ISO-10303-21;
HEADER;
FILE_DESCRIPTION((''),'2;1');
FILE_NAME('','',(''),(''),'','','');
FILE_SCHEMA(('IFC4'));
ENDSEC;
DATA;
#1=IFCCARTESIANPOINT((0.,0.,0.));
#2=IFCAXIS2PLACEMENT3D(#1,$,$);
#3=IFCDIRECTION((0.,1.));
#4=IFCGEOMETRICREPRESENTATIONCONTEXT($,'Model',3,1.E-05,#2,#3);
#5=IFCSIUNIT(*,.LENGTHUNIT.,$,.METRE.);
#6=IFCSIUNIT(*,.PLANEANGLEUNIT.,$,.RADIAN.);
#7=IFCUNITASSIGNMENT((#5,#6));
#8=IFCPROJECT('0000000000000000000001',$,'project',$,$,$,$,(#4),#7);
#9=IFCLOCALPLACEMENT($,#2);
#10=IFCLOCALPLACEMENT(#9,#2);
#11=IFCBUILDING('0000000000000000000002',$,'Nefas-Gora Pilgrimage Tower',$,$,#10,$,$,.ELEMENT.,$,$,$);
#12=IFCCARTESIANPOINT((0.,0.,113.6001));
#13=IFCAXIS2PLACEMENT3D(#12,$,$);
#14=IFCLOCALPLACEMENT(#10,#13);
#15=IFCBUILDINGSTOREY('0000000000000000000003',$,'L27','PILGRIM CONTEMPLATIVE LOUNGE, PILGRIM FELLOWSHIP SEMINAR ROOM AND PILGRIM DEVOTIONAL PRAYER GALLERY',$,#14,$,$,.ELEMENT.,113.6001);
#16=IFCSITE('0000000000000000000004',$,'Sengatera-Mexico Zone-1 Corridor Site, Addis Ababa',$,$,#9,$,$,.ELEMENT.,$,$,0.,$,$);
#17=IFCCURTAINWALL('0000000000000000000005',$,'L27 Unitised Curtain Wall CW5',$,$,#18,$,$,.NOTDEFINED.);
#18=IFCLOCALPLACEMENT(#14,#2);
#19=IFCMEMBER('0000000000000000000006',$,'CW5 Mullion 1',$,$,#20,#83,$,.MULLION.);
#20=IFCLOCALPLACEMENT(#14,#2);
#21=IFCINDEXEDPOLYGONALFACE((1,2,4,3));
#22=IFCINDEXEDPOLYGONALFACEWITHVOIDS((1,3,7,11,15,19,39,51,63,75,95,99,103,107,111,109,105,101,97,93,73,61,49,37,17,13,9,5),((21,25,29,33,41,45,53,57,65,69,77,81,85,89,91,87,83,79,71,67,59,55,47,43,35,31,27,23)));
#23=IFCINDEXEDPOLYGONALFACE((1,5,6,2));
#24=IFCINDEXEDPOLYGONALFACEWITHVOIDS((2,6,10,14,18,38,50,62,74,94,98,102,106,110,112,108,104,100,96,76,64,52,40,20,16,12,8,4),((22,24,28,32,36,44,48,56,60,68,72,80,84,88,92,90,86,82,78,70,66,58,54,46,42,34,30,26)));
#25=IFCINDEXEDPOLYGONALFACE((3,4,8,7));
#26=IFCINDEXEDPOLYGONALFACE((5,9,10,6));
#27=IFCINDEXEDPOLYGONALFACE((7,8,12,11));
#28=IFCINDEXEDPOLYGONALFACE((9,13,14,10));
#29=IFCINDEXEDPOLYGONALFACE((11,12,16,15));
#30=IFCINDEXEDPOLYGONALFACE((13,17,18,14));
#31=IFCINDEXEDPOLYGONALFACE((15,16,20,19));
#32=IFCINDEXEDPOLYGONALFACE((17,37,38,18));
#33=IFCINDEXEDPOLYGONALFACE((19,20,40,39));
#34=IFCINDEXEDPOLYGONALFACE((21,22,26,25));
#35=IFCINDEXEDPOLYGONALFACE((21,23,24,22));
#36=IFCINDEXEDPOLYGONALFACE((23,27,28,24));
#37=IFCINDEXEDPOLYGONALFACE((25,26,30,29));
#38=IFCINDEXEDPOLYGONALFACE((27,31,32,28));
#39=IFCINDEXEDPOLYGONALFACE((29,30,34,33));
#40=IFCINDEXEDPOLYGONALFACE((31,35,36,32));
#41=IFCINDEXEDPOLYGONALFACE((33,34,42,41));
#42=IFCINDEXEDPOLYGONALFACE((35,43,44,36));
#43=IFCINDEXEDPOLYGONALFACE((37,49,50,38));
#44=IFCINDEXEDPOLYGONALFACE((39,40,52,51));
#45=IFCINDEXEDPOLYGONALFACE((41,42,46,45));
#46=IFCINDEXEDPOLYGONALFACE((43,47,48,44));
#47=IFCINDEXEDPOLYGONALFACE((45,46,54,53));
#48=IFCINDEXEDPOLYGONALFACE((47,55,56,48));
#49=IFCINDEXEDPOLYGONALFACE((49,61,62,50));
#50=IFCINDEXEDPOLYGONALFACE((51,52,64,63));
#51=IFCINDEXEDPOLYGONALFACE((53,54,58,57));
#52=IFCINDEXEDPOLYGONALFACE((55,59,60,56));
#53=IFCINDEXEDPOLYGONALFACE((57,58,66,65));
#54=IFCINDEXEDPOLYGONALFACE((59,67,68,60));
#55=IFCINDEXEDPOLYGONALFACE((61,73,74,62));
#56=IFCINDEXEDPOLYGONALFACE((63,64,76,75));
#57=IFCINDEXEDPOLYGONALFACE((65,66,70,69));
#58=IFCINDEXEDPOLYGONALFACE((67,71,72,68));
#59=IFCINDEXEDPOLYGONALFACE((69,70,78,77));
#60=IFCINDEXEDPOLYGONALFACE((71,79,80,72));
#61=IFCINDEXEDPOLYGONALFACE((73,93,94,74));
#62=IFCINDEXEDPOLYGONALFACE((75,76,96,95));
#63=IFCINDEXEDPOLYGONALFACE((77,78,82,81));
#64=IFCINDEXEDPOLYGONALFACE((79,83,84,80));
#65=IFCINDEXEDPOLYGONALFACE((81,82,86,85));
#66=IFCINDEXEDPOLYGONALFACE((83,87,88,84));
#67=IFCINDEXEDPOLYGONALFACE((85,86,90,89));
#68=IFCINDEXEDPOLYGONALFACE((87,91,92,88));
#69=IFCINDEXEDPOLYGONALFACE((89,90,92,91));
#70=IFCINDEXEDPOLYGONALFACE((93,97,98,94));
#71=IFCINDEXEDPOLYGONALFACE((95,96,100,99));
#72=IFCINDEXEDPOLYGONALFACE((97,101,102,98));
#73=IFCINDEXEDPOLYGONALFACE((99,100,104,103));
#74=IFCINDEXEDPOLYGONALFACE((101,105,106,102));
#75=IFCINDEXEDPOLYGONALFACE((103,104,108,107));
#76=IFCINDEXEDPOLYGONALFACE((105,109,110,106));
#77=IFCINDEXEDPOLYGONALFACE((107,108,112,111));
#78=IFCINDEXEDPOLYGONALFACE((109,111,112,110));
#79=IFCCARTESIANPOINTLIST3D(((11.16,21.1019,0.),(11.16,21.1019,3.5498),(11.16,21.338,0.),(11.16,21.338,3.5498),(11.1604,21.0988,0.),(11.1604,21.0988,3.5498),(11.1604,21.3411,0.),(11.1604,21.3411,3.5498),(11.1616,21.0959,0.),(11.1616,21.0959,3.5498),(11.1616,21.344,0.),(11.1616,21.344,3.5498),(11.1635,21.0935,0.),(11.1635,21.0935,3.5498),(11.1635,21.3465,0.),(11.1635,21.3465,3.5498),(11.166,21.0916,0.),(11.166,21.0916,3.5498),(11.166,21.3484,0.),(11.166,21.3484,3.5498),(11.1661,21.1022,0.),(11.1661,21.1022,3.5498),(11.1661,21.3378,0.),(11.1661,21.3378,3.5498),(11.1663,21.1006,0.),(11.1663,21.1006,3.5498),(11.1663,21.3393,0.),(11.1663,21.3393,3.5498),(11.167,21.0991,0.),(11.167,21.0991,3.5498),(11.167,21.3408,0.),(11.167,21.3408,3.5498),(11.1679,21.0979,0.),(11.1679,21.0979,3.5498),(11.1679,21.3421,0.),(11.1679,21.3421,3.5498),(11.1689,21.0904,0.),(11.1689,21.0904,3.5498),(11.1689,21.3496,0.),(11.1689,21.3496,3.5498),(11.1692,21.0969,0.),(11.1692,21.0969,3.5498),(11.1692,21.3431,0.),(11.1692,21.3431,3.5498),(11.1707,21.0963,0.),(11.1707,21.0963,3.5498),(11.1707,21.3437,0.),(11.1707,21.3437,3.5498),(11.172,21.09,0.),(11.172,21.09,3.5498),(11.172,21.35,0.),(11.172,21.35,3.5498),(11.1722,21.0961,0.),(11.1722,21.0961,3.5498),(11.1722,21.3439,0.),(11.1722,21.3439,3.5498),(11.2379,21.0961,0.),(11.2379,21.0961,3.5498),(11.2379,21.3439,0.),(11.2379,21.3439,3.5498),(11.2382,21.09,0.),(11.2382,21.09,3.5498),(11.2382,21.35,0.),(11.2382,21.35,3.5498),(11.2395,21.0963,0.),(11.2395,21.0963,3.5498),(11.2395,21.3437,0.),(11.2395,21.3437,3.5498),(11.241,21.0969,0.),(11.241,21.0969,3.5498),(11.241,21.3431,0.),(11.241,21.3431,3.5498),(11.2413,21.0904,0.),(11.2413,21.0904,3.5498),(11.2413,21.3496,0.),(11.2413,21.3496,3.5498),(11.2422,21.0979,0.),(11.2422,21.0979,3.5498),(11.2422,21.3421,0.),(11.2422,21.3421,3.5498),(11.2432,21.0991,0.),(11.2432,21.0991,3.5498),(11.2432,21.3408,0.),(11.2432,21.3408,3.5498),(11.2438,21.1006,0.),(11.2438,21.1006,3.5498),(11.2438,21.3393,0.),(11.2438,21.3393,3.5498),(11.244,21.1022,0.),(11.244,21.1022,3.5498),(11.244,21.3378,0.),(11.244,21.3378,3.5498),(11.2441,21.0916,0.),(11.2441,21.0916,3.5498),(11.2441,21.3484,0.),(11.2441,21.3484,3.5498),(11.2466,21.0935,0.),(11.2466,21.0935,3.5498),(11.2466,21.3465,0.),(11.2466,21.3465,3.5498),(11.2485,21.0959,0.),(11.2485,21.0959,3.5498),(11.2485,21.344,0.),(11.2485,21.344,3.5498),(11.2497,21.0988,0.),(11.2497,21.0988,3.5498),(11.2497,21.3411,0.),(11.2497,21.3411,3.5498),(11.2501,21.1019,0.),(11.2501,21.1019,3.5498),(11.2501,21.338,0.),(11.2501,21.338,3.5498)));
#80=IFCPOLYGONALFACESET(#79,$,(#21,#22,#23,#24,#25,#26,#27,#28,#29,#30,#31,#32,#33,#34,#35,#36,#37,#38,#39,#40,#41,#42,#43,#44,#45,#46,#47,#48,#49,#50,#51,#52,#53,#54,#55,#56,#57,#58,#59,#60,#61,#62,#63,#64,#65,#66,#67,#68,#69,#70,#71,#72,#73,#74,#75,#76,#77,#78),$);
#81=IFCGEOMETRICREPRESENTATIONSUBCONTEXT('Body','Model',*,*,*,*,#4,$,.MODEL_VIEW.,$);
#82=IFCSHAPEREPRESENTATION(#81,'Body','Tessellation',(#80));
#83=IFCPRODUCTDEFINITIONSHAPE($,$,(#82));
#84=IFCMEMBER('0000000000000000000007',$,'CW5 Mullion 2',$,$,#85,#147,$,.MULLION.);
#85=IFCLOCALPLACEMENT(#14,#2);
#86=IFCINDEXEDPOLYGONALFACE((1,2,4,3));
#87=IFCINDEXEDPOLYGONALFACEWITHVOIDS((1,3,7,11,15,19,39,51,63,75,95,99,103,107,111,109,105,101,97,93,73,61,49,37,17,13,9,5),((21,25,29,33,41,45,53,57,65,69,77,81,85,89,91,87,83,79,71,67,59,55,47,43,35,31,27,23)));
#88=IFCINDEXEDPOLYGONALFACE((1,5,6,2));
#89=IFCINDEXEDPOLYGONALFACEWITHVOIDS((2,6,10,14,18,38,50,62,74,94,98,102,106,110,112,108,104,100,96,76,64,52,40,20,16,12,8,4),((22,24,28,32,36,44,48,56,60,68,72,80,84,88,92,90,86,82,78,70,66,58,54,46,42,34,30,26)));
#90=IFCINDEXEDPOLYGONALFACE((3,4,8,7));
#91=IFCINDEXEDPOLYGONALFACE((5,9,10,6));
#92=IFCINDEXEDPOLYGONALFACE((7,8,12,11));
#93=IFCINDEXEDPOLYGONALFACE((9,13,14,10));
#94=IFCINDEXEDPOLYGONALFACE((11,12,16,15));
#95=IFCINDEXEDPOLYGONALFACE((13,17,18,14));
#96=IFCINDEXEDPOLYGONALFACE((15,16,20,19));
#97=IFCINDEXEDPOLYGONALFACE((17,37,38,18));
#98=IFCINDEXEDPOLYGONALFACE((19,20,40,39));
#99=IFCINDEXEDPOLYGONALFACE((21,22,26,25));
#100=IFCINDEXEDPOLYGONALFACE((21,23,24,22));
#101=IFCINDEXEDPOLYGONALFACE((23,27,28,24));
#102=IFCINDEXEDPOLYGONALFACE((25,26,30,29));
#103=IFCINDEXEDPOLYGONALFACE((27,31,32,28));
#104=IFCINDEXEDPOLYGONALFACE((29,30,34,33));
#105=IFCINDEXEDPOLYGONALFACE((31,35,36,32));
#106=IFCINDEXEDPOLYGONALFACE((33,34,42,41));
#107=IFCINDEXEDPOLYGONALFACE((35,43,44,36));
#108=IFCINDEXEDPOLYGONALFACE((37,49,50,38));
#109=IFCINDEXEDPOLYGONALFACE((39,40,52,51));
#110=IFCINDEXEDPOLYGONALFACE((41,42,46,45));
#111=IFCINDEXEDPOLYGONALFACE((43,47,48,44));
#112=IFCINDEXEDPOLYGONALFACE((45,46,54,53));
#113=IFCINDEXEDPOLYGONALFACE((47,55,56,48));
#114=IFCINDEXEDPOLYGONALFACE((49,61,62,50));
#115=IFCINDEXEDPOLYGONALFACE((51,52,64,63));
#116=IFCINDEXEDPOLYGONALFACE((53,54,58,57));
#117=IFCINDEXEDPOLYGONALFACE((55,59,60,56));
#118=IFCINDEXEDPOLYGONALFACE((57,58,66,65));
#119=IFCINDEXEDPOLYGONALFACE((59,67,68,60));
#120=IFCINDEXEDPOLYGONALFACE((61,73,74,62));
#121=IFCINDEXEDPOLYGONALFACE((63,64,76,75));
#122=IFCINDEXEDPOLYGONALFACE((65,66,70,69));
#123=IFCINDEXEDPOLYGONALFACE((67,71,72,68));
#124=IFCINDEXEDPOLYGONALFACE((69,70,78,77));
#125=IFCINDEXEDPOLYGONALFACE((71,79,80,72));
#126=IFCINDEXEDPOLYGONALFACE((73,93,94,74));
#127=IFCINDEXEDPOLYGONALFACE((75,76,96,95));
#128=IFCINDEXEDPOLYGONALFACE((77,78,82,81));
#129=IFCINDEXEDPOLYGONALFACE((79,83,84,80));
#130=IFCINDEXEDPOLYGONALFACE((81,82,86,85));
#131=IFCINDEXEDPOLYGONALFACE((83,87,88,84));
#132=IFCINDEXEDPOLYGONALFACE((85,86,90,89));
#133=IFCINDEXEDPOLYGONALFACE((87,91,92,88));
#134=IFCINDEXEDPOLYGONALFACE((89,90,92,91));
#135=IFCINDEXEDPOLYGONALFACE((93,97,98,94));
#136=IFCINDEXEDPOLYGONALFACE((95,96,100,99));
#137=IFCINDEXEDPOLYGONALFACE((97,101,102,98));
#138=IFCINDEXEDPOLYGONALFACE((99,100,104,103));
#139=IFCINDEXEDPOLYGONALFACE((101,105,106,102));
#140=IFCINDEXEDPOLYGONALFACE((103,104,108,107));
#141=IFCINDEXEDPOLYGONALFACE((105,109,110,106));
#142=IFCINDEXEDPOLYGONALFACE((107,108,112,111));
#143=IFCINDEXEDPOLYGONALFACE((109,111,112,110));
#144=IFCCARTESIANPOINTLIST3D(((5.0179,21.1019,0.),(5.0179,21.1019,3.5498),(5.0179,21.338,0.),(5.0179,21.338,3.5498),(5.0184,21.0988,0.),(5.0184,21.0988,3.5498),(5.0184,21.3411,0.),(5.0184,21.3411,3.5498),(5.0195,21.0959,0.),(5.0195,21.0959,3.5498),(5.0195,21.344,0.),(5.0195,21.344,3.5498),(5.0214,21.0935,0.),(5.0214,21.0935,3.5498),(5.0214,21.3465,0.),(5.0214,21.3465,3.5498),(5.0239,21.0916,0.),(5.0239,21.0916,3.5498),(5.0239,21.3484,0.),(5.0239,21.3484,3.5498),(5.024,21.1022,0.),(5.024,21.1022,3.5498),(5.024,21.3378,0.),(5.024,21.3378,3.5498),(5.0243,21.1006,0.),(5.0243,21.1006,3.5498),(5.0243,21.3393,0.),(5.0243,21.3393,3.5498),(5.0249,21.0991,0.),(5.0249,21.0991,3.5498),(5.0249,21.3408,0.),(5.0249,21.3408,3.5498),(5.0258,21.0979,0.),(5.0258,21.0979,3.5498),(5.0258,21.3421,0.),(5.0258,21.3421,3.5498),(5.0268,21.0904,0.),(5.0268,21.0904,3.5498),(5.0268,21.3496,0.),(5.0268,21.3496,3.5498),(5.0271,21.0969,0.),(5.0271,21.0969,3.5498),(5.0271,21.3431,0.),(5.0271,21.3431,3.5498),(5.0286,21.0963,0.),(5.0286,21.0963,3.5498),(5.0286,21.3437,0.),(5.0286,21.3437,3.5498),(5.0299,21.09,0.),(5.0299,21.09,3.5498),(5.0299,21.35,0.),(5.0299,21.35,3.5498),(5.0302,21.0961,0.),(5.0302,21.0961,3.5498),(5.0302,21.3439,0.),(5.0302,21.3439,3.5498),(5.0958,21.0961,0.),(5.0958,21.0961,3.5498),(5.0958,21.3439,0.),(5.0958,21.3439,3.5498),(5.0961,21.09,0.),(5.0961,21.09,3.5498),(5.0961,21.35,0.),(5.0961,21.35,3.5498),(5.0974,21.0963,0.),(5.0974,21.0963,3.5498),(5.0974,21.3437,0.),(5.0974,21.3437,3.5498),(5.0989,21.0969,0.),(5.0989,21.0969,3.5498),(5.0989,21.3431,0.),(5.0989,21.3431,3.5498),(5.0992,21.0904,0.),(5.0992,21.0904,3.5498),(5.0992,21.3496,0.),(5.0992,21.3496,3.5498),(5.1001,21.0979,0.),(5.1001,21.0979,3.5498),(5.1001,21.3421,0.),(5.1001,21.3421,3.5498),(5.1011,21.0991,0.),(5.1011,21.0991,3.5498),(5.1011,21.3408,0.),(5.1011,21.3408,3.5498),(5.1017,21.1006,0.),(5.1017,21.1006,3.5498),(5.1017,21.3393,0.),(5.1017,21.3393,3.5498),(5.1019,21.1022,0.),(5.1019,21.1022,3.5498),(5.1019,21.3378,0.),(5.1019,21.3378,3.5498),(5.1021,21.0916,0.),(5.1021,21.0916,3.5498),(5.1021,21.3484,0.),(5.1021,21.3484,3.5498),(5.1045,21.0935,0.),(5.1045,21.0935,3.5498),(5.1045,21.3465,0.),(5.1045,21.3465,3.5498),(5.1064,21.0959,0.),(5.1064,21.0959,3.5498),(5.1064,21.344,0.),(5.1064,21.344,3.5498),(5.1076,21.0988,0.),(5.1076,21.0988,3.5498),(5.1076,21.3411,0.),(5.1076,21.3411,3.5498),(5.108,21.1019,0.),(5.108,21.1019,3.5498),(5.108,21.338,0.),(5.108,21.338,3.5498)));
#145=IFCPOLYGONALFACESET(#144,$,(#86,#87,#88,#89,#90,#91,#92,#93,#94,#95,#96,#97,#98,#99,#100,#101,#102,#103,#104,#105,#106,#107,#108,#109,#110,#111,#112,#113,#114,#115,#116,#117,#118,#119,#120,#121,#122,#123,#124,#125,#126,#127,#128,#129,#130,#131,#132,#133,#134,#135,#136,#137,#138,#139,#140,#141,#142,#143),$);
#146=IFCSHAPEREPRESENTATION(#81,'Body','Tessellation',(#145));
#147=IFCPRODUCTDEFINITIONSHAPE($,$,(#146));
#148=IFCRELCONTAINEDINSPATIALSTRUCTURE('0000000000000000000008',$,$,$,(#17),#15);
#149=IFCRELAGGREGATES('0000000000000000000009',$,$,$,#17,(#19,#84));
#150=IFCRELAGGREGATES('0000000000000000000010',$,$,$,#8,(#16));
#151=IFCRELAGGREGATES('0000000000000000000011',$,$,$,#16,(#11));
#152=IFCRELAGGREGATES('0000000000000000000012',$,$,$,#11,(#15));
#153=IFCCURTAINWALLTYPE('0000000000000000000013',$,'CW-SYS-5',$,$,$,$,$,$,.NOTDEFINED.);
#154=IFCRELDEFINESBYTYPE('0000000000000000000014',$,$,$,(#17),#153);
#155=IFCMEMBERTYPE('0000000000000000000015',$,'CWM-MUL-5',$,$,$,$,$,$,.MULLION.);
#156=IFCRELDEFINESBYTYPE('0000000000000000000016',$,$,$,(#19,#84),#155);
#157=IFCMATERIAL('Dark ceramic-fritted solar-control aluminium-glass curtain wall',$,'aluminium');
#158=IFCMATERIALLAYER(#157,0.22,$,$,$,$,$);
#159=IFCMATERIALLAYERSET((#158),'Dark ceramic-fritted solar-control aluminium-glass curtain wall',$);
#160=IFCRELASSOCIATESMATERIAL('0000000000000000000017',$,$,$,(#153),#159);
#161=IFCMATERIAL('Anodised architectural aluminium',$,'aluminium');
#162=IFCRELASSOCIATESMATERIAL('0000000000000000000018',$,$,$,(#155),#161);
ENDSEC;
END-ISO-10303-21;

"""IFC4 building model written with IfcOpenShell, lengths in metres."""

from ifc_helpers import new_model, si_unit, direction, frame, origin, origin_2d, place, context, subcontext, project, spatial, hollow_rectangle, extrude, source, transform, mapped, material, layer, layer_set, material_profile, profile_set, type_object, element, aggregate, save


model = new_model("IFC4")

# Units and contexts
model_context = context("Model", 3, precision=1e-05, world=origin(), true_north=direction((0.0, 1.0)))
body_context = subcontext(model_context, "Body", "Model", "MODEL_VIEW")
ifc_project = project(units=[si_unit("LENGTHUNIT", "METRE"), si_unit("PLANEANGLEUNIT", "RADIAN")], contexts=[model_context])

# Site, building, storey
site_placement = place(None, origin())
site = spatial("IfcSite", under=ifc_project, at=site_placement, Name="Sengatera-Mexico Zone-1 Corridor Site, Addis Ababa", CompositionType="ELEMENT", RefElevation=0.0)
building_placement = place(site_placement, origin())
building = spatial("IfcBuilding", under=site, at=building_placement, Name="Nefas-Gora Pilgrimage Tower", CompositionType="ELEMENT")
storey_placement = place(building_placement, frame((0.0, 0.0, 113.6001)))
storey = spatial("IfcBuildingStorey", under=building, at=storey_placement, Name="L27", Description="PILGRIM CONTEMPLATIVE LOUNGE, PILGRIM FELLOWSHIP SEMINAR ROOM AND PILGRIM DEVOTIONAL PRAYER GALLERY", CompositionType="ELEMENT", Elevation=113.6001)

# Curtain wall, members
ifc_material_1 = material(Name="Dark ceramic-fritted solar-control aluminium-glass curtain wall", Category="aluminium")
ifc_layer_1 = layer(ifc_material_1, 0.22)
ifc_layer_set_1 = layer_set([ifc_layer_1], Name="Dark ceramic-fritted solar-control aluminium-glass curtain wall")
curtain_wall_type_1 = type_object("IfcCurtainWallType", Name="CW-SYS-5", PredefinedType="NOTDEFINED", material=ifc_layer_set_1)
curtain_wall_1_placement = place(storey_placement, origin())
curtain_wall_1 = element("IfcCurtainWall", 1, at=curtain_wall_1_placement, inside=storey, type_object=curtain_wall_type_1, Name="L27 Unitised Curtain Wall CW5", PredefinedType="NOTDEFINED")
ifc_material_2 = material(Name="Anodised architectural aluminium", Category="aluminium")
ifc_material_profile_1 = material_profile(ifc_material_2, hollow_rectangle(XDim=0.0901, YDim=0.26, WallThickness=0.0061, InnerFilletRadius=0.0061, OuterFilletRadius=0.012, at=origin_2d()), Name="ALU MULLION 90x260")
ifc_profile_set_1 = profile_set([ifc_material_profile_1], Name="Anodised architectural aluminium")
member_type_1 = type_object("IfcMemberType", Name="CWM-MUL-5", PredefinedType="MULLION", material=ifc_profile_set_1)
shared_shape_1 = source(origin(), body_context, "Body", "SweptSolid", [
    extrude(hollow_rectangle(XDim=0.0901, YDim=0.26, WallThickness=0.0061, InnerFilletRadius=0.0061, OuterFilletRadius=0.012, at=origin_2d()), origin(), (0.0, 0.0, 1.0), 3.5498),
])
member_1_placement = place(storey_placement, frame((11.2051, 21.22, 0.0), z_axis=(0.0, 0.0, 1.0), x_axis=(-1.0, 0.0, 0.0)))
member_1 = element("IfcMember", 2, at=member_1_placement, type_object=member_type_1, Name="CW5 Mullion 1", PredefinedType="MULLION", context=body_context, shape_type="MappedRepresentation", body=[
    mapped(shared_shape_1, transform((0.0, 0.0, 0.0), x_axis=(1.0, 0.0, 0.0), y_axis=(0.0, 1.0, 0.0), z_axis=(0.0, 0.0, 1.0), scale=1.0)),
])
member_2_placement = place(storey_placement, frame((5.063, 21.22, 0.0), z_axis=(0.0, 0.0, 1.0), x_axis=(-1.0, 0.0, 0.0)))
member_2 = element("IfcMember", 3, at=member_2_placement, type_object=member_type_1, Name="CW5 Mullion 2", PredefinedType="MULLION", context=body_context, shape_type="MappedRepresentation", body=[
    mapped(shared_shape_1, transform((0.0, 0.0, 0.0), x_axis=(1.0, 0.0, 0.0), y_axis=(0.0, 1.0, 0.0), z_axis=(0.0, 0.0, 1.0), scale=1.0)),
])

aggregate(curtain_wall_1, [member_1, member_2])

save(model, "model.ifc")
